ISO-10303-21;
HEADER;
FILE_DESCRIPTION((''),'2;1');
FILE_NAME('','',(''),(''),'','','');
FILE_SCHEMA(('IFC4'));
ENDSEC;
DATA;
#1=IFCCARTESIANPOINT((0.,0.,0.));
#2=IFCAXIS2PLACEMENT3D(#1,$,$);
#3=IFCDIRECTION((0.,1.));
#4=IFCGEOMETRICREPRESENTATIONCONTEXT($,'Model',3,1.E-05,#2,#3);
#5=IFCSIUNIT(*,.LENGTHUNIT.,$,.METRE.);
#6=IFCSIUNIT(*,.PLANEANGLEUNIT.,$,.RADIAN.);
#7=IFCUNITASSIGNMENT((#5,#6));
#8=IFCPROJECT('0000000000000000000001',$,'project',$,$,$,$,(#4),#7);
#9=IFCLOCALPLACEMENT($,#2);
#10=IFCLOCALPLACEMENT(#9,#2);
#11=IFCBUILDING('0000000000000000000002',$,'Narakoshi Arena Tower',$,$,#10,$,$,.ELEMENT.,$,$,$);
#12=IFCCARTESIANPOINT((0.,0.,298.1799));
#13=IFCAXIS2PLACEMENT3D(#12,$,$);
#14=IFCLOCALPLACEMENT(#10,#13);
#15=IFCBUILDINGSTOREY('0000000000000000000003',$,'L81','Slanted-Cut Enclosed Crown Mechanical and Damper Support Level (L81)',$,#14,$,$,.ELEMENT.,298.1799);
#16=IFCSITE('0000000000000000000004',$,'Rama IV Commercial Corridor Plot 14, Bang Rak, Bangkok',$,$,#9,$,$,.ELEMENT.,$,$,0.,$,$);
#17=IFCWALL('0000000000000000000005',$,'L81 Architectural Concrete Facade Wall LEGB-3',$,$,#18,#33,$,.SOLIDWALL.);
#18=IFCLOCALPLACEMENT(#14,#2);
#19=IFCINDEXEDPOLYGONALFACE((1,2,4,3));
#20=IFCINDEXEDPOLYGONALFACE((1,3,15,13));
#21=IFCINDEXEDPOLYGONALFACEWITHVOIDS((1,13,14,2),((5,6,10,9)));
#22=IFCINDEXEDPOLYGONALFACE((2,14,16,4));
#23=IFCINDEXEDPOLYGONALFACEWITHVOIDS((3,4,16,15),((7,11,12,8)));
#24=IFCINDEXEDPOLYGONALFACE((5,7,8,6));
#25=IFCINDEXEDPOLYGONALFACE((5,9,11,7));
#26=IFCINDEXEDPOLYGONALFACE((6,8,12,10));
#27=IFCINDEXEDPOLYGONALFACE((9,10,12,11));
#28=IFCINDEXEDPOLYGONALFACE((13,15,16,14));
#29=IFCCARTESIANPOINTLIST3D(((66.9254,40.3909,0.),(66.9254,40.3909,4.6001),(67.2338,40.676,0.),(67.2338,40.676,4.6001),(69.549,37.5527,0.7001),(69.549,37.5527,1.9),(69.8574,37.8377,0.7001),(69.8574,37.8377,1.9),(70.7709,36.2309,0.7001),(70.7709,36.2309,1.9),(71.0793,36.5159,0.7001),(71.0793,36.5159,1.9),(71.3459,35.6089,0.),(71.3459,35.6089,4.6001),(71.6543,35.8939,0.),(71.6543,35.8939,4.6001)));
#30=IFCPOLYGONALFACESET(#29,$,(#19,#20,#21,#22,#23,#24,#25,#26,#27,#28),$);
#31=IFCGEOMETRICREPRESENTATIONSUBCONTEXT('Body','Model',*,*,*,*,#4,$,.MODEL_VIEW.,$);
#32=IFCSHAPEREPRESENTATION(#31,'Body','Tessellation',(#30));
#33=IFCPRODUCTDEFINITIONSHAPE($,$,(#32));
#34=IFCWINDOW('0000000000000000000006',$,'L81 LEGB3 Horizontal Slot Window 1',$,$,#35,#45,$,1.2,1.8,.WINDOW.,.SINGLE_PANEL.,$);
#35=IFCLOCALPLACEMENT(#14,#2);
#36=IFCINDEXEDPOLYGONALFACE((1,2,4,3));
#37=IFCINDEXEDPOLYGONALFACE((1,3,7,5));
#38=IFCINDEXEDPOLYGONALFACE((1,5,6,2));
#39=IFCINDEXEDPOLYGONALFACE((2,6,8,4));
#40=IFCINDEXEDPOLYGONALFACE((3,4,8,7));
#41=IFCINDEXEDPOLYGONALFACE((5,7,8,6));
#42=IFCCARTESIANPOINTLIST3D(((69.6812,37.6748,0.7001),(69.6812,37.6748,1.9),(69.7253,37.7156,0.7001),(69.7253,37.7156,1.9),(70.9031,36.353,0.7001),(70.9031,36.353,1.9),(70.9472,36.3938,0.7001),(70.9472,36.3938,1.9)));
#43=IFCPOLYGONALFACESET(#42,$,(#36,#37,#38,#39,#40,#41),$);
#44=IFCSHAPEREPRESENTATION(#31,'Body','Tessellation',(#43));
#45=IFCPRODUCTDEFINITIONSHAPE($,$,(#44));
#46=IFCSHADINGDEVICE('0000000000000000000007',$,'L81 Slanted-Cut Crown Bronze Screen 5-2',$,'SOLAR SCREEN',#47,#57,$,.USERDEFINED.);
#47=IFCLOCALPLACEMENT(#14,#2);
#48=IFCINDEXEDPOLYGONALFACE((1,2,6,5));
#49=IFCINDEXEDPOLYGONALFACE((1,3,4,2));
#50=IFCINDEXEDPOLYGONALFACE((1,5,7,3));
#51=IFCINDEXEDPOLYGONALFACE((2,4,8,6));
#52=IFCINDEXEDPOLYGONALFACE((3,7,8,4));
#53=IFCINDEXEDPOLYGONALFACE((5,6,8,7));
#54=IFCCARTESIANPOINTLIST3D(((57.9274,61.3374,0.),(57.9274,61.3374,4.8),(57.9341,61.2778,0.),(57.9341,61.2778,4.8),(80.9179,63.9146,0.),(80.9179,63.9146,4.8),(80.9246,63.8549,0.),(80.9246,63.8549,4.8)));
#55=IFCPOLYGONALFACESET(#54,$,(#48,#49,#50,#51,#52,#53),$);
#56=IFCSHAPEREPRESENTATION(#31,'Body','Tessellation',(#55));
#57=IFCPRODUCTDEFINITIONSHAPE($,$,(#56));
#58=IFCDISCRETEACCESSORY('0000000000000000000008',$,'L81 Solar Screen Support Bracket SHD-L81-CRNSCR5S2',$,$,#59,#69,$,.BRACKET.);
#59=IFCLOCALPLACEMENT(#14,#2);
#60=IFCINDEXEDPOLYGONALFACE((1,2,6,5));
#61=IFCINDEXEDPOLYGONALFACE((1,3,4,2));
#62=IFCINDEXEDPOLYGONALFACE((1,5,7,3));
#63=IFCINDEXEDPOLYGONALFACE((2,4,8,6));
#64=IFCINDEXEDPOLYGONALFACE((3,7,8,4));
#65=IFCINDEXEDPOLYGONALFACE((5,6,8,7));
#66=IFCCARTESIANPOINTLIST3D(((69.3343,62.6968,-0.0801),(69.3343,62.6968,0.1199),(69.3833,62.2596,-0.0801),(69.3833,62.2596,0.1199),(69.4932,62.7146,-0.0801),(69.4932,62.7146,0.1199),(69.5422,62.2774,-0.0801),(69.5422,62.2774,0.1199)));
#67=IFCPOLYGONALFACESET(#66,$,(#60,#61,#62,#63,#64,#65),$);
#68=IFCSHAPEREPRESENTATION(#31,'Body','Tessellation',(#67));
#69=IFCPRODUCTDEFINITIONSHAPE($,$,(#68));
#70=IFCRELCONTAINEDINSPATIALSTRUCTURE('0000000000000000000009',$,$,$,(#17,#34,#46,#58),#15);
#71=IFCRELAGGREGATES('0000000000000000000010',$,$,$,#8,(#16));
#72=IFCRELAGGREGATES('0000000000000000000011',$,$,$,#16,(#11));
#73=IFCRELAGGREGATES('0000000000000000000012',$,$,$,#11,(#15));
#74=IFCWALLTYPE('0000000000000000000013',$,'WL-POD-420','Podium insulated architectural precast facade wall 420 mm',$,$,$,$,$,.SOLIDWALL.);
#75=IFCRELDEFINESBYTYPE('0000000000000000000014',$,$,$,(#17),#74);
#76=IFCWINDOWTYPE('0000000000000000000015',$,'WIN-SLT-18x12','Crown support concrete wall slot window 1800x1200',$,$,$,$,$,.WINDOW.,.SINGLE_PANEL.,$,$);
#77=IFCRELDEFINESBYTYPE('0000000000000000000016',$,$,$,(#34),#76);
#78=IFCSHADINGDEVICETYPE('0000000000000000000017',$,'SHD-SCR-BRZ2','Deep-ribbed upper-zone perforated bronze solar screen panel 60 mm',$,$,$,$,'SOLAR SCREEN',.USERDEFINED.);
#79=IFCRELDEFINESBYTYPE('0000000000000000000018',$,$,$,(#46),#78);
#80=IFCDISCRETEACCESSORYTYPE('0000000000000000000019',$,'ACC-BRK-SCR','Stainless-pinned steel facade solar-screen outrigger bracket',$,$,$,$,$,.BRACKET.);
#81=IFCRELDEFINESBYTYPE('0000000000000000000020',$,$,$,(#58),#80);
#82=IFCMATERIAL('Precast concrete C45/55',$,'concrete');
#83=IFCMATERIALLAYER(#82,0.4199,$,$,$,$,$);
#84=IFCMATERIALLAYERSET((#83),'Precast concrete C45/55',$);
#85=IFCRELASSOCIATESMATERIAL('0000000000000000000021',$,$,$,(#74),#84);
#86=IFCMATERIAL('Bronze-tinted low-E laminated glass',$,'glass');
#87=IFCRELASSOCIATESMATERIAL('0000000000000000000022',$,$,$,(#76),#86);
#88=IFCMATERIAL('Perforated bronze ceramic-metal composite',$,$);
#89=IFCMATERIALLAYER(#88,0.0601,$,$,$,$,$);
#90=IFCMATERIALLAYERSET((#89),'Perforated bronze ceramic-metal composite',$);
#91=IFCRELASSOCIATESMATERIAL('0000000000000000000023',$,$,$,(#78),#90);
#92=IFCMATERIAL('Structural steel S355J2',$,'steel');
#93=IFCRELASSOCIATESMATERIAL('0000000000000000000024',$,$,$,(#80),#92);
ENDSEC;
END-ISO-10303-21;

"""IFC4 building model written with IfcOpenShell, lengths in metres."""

from ifc_helpers import new_model, si_unit, direction, frame, frame_2d, origin, origin_2d, place, context, subcontext, project, spatial, polyline, rectangle, outline, extrude, material, layer, layer_set, type_object, element, fill, save


model = new_model("IFC4")

# Units and contexts
model_context = context("Model", 3, precision=1e-05, world=origin(), true_north=direction((0.0, 1.0)))
body_context = subcontext(model_context, "Body", "Model", "MODEL_VIEW")
ifc_project = project(units=[si_unit("LENGTHUNIT", "METRE"), si_unit("PLANEANGLEUNIT", "RADIAN")], contexts=[model_context])

# Site, building, storey
site_placement = place(None, origin())
site = spatial("IfcSite", under=ifc_project, at=site_placement, Name="Rama IV Commercial Corridor Plot 14, Bang Rak, Bangkok", CompositionType="ELEMENT", RefElevation=0.0)
building_placement = place(site_placement, origin())
building = spatial("IfcBuilding", under=site, at=building_placement, Name="Narakoshi Arena Tower", CompositionType="ELEMENT")
storey_placement = place(building_placement, frame((0.0, 0.0, 298.1799)))
storey = spatial("IfcBuildingStorey", under=building, at=storey_placement, Name="L81", Description="Slanted-Cut Enclosed Crown Mechanical and Damper Support Level (L81)", CompositionType="ELEMENT", Elevation=298.1799)

# Shared definitions
ifc_material_1 = material(Name="Structural steel S355J2", Category="steel")

# Shared definitions
ifc_material_2 = material(Name="Bronze-tinted low-E laminated glass", Category="glass")

# Wall, opening, window
ifc_material_3 = material(Name="Precast concrete C45/55", Category="concrete")
ifc_layer_1 = layer(ifc_material_3, 0.4199)
ifc_layer_set_1 = layer_set([ifc_layer_1], Name="Precast concrete C45/55")
wall_type_1 = type_object("IfcWallType", Name="WL-POD-420", Description="Podium insulated architectural precast facade wall 420 mm", PredefinedType="SOLIDWALL", material=ifc_layer_set_1)
wall_1_placement = place(storey_placement, frame((67.0796, 40.5334, 0.0), z_axis=(0.0, 0.0, 1.0), x_axis=(0.6788, -0.734323, 0.0)))
wall_1 = element("IfcWall", 1, at=wall_1_placement, inside=storey, type_object=wall_type_1, Name="L81 Architectural Concrete Facade Wall LEGB-3", PredefinedType="SOLIDWALL", context=body_context, shape_type="SweptSolid", body=[
    extrude(outline(polyline([(0.0, 0.0), (6.5122, 0.0), (6.5122, 4.6001), (0.0, 4.6001), (0.0, 0.0)])), frame((0.0, 0.21, 0.0), z_axis=(0.0, -1.0, 0.0), x_axis=(1.0, 0.0, 0.0)), (0.0, 0.0, 1.0), 0.4199),
])
opening_1_placement = place(wall_1_placement, frame((3.8652, 0.0, 0.7)))
opening_1 = element("IfcOpeningElement", 2, at=opening_1_placement, cuts=wall_1, PredefinedType="OPENING", context=body_context, shape_type="SweptSolid", body=[
    extrude(rectangle(XDim=1.8, YDim=1.2, at=frame_2d((0.8999, 0.6001))), frame((0.0, 0.22, 0.0), z_axis=(0.0, -1.0, 0.0), x_axis=(1.0, 0.0, 0.0)), (0.0, 0.0, 1.0), 0.4399),
])
window_type = type_object("IfcWindowType", Name="WIN-SLT-18x12", Description="Crown support concrete wall slot window 1800x1200", PartitioningType="SINGLE_PANEL", PredefinedType="WINDOW", material=ifc_material_2)
window_placement = place(opening_1_placement, origin())
window = element("IfcWindow", 3, at=window_placement, inside=storey, type_object=window_type, Name="L81 LEGB3 Horizontal Slot Window 1", OverallHeight=1.2, OverallWidth=1.8, PartitioningType="SINGLE_PANEL", PredefinedType="WINDOW", context=body_context, shape_type="SweptSolid", body=[
    extrude(rectangle(XDim=1.8, YDim=1.2, at=frame_2d((0.8999, 0.6001))), frame((0.0, 0.03, 0.0), z_axis=(0.0, -1.0, 0.0), x_axis=(1.0, 0.0, 0.0)), (0.0, 0.0, 1.0), 0.0601),
])
fill(opening_1, window)

# Shading device
ifc_material_4 = material(Name="Perforated bronze ceramic-metal composite")
ifc_layer_2 = layer(ifc_material_4, 0.0601)
ifc_layer_set_2 = layer_set([ifc_layer_2], Name="Perforated bronze ceramic-metal composite")
shading_device_type = type_object("IfcShadingDeviceType", Name="SHD-SCR-BRZ2", Description="Deep-ribbed upper-zone perforated bronze solar screen panel 60 mm", ElementType="SOLAR SCREEN", PredefinedType="USERDEFINED", material=ifc_layer_set_2)
shading_device_placement = place(storey_placement, frame((69.426, 62.5962, 0.0), z_axis=(0.0, 0.0, 1.0), x_axis=(0.993776, 0.1114, 0.0)))
element("IfcShadingDevice", 4, at=shading_device_placement, inside=storey, type_object=shading_device_type, Name="L81 Slanted-Cut Crown Bronze Screen 5-2", ObjectType="SOLAR SCREEN", PredefinedType="USERDEFINED", context=body_context, shape_type="SweptSolid", body=[
    extrude(rectangle(XDim=23.1345, YDim=0.0601, at=origin_2d()), origin(), (0.0, 0.0, 1.0), 4.8),
])

# Discrete accessory
discrete_accessory_type = type_object("IfcDiscreteAccessoryType", Name="ACC-BRK-SCR", Description="Stainless-pinned steel facade solar-screen outrigger bracket", PredefinedType="BRACKET", material=ifc_material_1)
discrete_accessory_placement = place(storey_placement, frame((69.4382, 62.4871, -0.0801), z_axis=(0.0, 0.0, 1.0), x_axis=(0.993776, 0.1114, 0.0)))
element("IfcDiscreteAccessory", 5, at=discrete_accessory_placement, inside=storey, type_object=discrete_accessory_type, Name="L81 Solar Screen Support Bracket SHD-L81-CRNSCR5S2", PredefinedType="BRACKET", context=body_context, shape_type="SweptSolid", body=[
    extrude(rectangle(XDim=0.1599, YDim=0.4399, at=origin_2d()), origin(), (0.0, 0.0, 1.0), 0.2),
])

save(model, "model.ifc")
